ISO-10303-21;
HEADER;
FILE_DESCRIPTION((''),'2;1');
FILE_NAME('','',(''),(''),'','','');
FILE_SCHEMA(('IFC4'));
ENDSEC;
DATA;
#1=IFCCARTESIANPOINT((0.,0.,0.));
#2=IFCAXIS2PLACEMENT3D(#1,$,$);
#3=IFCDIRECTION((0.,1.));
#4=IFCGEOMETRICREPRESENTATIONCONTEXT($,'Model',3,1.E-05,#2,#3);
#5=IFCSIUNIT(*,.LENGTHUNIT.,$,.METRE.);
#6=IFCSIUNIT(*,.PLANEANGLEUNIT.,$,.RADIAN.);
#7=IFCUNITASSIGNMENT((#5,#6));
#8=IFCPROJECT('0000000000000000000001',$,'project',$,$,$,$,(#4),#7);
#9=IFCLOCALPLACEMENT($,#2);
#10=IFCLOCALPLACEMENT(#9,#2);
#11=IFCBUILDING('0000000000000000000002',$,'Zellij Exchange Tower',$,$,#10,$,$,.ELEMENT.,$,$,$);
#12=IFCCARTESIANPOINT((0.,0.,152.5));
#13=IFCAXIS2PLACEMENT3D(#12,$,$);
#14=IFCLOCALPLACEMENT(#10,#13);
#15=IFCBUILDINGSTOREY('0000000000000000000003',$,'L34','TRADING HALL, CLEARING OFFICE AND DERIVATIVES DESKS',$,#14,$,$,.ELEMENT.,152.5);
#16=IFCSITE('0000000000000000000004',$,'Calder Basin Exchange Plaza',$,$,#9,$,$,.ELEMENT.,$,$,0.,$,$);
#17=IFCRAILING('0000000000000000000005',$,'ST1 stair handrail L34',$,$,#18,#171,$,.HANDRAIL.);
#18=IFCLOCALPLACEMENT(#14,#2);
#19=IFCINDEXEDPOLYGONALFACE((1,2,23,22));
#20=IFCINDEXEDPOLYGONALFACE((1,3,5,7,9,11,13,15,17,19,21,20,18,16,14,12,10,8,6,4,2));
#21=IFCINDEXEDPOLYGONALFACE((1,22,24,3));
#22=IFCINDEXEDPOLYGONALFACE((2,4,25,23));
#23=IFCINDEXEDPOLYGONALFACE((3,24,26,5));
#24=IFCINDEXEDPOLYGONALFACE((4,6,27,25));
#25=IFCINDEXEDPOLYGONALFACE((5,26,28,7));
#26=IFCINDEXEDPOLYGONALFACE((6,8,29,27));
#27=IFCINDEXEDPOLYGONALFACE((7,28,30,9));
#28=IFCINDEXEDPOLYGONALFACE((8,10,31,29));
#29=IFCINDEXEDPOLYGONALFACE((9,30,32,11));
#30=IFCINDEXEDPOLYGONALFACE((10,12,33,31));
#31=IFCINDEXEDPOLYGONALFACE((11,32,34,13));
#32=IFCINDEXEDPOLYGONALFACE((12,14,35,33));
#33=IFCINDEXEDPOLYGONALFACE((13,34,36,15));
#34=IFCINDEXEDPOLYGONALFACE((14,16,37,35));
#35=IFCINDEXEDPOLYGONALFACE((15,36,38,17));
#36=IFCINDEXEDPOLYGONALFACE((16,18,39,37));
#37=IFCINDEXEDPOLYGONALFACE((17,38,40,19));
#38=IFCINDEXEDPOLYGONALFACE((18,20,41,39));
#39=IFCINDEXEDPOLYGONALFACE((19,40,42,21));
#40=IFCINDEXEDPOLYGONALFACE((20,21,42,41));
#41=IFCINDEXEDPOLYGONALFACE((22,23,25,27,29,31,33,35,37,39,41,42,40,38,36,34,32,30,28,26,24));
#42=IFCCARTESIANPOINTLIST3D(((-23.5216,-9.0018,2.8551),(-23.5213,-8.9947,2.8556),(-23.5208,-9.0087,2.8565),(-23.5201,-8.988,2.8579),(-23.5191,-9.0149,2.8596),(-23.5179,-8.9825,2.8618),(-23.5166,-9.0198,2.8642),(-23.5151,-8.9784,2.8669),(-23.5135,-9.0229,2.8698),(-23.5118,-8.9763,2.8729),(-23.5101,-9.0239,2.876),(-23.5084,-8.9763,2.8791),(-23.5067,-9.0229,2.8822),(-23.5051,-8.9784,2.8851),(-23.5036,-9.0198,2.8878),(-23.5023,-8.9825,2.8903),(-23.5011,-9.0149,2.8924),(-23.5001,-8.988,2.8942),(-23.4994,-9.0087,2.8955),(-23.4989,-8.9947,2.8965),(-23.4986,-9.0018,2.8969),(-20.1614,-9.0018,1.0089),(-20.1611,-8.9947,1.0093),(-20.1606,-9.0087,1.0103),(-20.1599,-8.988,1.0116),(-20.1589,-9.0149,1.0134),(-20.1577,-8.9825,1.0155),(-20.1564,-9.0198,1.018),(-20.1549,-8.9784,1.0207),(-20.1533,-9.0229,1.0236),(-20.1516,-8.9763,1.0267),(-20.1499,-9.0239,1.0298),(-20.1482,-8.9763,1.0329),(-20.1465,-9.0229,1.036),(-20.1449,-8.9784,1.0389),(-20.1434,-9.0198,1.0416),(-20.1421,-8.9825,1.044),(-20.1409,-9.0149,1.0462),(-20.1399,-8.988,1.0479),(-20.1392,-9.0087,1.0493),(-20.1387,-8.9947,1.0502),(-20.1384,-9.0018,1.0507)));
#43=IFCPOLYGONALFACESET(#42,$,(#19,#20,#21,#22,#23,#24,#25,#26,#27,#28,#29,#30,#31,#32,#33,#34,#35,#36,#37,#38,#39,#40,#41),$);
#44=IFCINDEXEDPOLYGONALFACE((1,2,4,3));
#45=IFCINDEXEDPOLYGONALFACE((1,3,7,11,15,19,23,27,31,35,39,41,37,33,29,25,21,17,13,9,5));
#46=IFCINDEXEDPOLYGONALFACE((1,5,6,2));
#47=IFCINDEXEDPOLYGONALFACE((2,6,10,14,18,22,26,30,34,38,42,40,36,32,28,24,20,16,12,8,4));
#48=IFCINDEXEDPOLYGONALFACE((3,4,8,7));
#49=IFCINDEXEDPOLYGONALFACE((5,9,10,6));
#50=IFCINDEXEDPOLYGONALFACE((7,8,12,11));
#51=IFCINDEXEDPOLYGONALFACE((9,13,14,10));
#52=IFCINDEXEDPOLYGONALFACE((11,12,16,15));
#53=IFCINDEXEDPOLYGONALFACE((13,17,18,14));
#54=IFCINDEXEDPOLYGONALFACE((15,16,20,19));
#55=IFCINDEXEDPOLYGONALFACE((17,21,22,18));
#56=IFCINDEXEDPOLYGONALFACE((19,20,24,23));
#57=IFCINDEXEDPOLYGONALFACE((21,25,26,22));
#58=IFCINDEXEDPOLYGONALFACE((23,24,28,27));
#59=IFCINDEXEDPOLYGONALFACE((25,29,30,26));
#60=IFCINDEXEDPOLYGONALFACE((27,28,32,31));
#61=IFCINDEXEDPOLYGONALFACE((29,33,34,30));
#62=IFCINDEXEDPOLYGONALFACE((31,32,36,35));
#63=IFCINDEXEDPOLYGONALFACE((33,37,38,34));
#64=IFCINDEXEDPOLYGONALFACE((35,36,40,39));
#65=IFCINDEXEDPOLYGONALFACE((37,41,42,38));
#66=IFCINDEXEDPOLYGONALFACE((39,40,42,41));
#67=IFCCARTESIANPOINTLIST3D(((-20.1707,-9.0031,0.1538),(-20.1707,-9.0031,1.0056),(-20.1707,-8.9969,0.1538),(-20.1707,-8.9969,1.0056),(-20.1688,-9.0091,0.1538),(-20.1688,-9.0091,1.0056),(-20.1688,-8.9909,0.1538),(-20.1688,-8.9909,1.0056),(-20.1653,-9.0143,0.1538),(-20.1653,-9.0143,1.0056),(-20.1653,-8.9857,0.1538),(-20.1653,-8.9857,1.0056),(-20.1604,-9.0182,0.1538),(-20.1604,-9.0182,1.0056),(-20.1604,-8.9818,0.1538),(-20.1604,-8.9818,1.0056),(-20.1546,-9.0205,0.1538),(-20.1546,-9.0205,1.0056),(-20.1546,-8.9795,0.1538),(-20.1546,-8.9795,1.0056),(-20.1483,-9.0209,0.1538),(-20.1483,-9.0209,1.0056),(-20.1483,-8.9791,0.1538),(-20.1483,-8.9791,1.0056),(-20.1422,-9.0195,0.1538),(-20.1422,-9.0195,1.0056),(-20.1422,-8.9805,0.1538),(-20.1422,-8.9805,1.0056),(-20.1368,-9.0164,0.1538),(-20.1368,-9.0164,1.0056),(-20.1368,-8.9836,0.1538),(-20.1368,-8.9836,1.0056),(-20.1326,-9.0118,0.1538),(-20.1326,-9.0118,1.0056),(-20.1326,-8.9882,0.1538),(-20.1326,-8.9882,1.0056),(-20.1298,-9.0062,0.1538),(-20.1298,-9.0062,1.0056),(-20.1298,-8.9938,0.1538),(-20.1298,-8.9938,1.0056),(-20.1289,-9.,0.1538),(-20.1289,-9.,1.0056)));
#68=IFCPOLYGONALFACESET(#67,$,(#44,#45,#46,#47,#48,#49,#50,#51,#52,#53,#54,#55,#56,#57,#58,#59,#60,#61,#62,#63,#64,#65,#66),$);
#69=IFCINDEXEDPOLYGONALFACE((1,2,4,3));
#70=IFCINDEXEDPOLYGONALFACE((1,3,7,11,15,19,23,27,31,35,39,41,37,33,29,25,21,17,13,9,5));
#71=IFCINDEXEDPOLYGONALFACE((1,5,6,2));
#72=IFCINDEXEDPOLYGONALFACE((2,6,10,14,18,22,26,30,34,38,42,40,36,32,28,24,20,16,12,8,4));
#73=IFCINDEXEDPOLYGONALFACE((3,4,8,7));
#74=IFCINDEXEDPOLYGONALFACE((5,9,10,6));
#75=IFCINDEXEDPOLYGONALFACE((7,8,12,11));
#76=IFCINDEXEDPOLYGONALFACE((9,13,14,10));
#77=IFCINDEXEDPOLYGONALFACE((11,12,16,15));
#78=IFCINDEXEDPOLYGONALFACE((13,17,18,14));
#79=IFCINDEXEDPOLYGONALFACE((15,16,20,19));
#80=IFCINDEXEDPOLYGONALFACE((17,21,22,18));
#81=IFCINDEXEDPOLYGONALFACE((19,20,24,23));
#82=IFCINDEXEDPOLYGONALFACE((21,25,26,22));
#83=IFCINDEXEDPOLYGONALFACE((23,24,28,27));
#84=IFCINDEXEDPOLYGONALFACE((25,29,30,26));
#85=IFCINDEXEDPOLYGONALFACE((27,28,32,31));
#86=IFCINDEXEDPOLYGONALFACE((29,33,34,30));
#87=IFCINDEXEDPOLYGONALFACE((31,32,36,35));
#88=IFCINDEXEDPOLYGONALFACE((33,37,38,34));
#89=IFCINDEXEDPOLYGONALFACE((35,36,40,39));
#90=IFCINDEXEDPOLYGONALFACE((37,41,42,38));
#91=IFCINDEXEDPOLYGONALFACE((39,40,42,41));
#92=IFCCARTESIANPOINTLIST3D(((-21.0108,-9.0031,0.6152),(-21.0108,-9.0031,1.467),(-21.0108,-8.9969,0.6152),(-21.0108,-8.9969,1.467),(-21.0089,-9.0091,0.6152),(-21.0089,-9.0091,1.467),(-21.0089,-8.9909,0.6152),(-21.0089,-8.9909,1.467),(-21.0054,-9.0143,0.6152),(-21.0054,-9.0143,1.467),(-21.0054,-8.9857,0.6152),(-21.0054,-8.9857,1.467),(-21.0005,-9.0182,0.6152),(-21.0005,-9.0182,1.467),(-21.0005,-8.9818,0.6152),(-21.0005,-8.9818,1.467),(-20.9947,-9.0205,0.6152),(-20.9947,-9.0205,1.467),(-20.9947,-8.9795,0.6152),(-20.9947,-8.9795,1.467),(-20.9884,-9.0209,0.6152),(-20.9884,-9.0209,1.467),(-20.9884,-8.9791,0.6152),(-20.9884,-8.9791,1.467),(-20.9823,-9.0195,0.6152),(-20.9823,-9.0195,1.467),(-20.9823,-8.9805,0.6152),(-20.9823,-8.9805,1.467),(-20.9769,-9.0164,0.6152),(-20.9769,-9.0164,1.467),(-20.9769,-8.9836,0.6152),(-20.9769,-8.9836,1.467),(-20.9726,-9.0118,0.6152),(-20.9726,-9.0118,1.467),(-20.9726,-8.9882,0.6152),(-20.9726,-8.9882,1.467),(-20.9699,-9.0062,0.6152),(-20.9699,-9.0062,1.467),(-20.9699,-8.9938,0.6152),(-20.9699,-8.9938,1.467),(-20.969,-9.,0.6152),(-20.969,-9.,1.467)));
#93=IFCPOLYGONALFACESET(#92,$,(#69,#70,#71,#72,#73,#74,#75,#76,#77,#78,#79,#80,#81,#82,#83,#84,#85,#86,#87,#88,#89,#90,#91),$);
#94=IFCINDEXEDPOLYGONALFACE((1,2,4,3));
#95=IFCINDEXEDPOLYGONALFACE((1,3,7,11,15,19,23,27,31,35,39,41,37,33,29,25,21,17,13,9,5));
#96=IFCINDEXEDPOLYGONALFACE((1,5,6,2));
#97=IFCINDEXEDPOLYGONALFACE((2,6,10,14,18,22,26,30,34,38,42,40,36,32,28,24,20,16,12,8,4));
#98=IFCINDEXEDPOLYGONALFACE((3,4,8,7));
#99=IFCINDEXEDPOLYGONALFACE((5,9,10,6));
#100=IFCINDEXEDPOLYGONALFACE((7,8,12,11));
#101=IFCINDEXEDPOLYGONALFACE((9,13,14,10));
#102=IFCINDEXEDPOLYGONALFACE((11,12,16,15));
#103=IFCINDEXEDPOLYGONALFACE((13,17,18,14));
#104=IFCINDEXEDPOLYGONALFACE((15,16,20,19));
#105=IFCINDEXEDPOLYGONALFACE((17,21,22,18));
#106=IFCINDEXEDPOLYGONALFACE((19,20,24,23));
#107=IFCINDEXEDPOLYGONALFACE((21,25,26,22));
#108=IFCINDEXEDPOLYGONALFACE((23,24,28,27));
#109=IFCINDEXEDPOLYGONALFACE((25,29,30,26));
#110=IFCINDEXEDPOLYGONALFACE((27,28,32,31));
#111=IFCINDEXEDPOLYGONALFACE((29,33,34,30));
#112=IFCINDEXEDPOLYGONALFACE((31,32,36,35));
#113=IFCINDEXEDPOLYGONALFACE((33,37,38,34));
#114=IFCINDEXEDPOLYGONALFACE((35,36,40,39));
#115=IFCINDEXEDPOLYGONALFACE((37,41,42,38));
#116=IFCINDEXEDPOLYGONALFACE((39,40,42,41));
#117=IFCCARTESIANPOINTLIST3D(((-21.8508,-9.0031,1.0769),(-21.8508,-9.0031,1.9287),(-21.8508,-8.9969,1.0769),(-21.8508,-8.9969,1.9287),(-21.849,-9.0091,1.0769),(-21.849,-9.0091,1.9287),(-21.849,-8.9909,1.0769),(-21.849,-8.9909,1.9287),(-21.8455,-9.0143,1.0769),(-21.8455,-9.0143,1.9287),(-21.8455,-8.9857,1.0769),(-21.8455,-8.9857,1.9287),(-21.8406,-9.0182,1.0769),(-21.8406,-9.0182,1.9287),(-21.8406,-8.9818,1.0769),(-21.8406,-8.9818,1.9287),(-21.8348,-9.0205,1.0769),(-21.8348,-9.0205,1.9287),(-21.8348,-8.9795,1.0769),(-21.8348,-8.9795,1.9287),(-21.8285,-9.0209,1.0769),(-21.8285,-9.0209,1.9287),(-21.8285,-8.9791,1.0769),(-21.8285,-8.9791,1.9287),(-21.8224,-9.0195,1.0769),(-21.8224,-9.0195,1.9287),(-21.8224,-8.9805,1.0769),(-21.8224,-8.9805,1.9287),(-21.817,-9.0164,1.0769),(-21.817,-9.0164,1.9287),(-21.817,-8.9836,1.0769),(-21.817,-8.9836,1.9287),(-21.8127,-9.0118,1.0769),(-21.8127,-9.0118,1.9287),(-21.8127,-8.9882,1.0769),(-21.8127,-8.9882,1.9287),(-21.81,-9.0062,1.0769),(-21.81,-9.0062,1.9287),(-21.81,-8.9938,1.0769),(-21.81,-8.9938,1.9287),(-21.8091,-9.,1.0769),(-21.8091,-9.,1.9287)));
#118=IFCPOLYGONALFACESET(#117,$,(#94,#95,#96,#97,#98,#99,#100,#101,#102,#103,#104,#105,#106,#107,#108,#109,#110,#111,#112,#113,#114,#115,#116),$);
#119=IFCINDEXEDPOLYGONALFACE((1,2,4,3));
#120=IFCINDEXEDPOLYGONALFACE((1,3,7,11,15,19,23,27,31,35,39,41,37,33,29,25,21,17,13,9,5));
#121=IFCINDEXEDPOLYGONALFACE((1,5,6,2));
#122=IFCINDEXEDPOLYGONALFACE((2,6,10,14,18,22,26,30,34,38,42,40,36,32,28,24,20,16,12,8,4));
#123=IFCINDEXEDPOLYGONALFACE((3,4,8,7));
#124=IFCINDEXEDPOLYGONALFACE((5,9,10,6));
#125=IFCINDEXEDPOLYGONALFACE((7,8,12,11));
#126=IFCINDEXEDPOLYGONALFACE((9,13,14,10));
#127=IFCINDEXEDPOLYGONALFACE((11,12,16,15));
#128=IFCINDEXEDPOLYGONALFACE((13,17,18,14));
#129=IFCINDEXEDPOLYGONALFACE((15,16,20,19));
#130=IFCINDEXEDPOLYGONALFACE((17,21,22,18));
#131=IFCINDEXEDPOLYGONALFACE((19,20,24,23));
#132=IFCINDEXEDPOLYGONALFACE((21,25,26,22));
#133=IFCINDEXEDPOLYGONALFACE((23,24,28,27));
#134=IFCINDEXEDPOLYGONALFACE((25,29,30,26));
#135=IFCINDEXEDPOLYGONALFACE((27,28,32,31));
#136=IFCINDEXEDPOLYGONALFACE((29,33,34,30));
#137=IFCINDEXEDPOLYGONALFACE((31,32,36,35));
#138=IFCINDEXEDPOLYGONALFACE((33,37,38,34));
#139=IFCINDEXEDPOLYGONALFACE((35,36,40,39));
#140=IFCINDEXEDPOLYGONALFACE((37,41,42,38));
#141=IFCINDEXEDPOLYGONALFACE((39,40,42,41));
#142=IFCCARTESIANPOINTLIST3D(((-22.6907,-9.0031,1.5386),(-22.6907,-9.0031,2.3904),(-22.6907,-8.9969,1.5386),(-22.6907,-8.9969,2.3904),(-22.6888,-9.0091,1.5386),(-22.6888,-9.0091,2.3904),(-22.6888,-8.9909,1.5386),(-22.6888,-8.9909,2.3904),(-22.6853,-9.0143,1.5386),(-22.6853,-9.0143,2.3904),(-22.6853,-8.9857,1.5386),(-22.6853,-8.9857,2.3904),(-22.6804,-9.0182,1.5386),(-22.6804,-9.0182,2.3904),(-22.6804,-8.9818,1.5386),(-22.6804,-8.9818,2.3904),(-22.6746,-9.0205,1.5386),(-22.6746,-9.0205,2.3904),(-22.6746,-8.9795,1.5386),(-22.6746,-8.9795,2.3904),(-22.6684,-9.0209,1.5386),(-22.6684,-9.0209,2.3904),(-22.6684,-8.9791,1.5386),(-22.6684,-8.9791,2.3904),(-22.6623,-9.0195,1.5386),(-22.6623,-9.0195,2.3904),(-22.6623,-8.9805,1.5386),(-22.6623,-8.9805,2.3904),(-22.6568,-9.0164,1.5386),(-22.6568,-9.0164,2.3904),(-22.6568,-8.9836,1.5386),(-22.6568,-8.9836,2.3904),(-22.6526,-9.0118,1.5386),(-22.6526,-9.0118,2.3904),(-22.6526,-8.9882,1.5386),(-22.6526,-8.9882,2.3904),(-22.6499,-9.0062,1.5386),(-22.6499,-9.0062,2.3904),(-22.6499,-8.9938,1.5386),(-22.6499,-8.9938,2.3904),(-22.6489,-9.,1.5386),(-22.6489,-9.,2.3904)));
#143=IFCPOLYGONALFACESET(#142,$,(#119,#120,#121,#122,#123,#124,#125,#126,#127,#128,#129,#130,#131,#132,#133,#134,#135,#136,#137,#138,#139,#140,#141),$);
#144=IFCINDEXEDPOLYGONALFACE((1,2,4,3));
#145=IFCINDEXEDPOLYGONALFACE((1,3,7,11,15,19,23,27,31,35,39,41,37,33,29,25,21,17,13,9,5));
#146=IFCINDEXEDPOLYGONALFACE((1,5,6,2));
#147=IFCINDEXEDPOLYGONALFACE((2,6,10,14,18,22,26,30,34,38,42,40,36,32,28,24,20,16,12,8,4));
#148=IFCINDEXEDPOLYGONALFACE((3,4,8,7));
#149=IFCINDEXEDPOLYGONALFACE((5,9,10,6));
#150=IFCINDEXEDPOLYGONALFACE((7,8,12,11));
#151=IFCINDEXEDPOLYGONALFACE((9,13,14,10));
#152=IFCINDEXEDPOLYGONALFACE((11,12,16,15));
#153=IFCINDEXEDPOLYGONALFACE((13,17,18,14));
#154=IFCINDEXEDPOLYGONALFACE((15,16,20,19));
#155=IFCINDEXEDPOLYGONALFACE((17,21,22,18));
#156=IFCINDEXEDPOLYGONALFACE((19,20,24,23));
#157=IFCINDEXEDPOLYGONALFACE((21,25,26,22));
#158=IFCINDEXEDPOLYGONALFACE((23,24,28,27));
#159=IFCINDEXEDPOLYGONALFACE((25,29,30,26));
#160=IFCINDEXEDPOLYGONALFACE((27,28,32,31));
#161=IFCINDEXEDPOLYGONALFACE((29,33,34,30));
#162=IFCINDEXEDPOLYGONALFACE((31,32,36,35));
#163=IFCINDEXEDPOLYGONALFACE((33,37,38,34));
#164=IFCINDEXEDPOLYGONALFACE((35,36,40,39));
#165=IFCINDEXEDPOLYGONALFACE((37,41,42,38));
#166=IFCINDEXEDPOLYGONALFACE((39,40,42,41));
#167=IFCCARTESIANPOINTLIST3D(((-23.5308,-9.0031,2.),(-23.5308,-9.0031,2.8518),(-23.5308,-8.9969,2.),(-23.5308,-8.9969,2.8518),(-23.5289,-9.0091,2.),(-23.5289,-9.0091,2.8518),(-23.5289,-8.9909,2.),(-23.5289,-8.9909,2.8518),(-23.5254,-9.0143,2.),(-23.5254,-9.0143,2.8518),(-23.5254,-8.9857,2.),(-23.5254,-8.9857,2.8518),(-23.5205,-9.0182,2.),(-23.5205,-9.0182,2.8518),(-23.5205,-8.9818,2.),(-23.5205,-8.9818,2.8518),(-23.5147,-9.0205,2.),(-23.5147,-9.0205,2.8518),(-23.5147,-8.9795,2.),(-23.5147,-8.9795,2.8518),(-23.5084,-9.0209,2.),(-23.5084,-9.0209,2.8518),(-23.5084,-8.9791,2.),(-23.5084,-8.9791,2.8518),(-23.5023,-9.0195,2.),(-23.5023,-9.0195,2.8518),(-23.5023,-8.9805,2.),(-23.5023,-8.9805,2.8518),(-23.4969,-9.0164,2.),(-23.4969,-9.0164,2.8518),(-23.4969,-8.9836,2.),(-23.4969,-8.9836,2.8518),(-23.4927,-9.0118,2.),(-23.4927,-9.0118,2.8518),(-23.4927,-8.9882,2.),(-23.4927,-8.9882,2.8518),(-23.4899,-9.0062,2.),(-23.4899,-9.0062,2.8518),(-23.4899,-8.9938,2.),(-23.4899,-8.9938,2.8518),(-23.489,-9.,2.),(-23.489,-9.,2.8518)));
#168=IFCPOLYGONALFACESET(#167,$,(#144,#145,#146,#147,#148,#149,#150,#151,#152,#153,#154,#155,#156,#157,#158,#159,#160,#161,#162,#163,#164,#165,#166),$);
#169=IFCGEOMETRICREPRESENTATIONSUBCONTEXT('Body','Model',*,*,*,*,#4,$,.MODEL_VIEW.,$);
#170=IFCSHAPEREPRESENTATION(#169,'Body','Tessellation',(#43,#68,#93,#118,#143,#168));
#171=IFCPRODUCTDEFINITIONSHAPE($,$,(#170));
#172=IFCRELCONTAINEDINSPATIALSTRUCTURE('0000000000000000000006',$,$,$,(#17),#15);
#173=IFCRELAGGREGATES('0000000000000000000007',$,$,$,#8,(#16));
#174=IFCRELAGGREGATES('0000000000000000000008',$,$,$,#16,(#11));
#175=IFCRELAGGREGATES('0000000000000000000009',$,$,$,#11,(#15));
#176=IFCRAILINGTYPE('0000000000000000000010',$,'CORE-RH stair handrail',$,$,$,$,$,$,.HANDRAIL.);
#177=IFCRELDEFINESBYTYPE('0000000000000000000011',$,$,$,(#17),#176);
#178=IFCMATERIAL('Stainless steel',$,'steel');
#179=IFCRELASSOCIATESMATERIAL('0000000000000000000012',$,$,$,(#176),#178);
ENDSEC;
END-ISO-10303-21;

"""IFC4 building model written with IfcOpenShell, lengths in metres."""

from ifc_helpers import new_model, si_unit, direction, frame, origin, origin_2d, place, context, subcontext, project, spatial, circle, extrude, material, type_object, element, save


model = new_model("IFC4")

# Units and contexts
model_context = context("Model", 3, precision=1e-05, world=origin(), true_north=direction((0.0, 1.0)))
body_context = subcontext(model_context, "Body", "Model", "MODEL_VIEW")
ifc_project = project(units=[si_unit("LENGTHUNIT", "METRE"), si_unit("PLANEANGLEUNIT", "RADIAN")], contexts=[model_context])

# Site, building, storey
site_placement = place(None, origin())
site = spatial("IfcSite", under=ifc_project, at=site_placement, Name="Calder Basin Exchange Plaza", CompositionType="ELEMENT", RefElevation=0.0)
building_placement = place(site_placement, origin())
building = spatial("IfcBuilding", under=site, at=building_placement, Name="Zellij Exchange Tower", CompositionType="ELEMENT")
storey_placement = place(building_placement, frame((0.0, 0.0, 152.5)))
storey = spatial("IfcBuildingStorey", under=building, at=storey_placement, Name="L34", Description="TRADING HALL, CLEARING OFFICE AND DERIVATIVES DESKS", CompositionType="ELEMENT", Elevation=152.5)

# Railing
ifc_material_1 = material(Name="Stainless steel", Category="steel")
railing_type_1 = type_object("IfcRailingType", Name="CORE-RH stair handrail", PredefinedType="HANDRAIL", material=ifc_material_1)
railing_1_placement = place(storey_placement, frame((-20.1499, -9.0, 0.1538)))
element("IfcRailing", 1, at=railing_1_placement, inside=storey, type_object=railing_type_1, Name="ST1 stair handrail L34", PredefinedType="HANDRAIL", context=body_context, shape_type="SweptSolid", body=[
    extrude(circle(Radius=0.0239, at=origin_2d()), frame((0.0, 0.0, 0.876), z_axis=(-0.876422, 0.0, 0.481545), x_axis=(0.0, -1.0, 0.0)), (0.0, 0.0, 1.0), 3.834),
    extrude(circle(Radius=0.021, at=origin_2d()), origin(), (0.0, 0.0, 1.0), 0.8518),
    extrude(circle(Radius=0.021, at=origin_2d()), frame((-0.8401, 0.0, 0.4614)), (0.0, 0.0, 1.0), 0.8518),
    extrude(circle(Radius=0.021, at=origin_2d()), frame((-1.6802, 0.0, 0.9231)), (0.0, 0.0, 1.0), 0.8518),
    extrude(circle(Radius=0.021, at=origin_2d()), frame((-2.52, 0.0, 1.3848)), (0.0, 0.0, 1.0), 0.8518),
    extrude(circle(Radius=0.021, at=origin_2d()), frame((-3.3601, 0.0, 1.8462)), (0.0, 0.0, 1.0), 0.8518),
])

save(model, "model.ifc")
